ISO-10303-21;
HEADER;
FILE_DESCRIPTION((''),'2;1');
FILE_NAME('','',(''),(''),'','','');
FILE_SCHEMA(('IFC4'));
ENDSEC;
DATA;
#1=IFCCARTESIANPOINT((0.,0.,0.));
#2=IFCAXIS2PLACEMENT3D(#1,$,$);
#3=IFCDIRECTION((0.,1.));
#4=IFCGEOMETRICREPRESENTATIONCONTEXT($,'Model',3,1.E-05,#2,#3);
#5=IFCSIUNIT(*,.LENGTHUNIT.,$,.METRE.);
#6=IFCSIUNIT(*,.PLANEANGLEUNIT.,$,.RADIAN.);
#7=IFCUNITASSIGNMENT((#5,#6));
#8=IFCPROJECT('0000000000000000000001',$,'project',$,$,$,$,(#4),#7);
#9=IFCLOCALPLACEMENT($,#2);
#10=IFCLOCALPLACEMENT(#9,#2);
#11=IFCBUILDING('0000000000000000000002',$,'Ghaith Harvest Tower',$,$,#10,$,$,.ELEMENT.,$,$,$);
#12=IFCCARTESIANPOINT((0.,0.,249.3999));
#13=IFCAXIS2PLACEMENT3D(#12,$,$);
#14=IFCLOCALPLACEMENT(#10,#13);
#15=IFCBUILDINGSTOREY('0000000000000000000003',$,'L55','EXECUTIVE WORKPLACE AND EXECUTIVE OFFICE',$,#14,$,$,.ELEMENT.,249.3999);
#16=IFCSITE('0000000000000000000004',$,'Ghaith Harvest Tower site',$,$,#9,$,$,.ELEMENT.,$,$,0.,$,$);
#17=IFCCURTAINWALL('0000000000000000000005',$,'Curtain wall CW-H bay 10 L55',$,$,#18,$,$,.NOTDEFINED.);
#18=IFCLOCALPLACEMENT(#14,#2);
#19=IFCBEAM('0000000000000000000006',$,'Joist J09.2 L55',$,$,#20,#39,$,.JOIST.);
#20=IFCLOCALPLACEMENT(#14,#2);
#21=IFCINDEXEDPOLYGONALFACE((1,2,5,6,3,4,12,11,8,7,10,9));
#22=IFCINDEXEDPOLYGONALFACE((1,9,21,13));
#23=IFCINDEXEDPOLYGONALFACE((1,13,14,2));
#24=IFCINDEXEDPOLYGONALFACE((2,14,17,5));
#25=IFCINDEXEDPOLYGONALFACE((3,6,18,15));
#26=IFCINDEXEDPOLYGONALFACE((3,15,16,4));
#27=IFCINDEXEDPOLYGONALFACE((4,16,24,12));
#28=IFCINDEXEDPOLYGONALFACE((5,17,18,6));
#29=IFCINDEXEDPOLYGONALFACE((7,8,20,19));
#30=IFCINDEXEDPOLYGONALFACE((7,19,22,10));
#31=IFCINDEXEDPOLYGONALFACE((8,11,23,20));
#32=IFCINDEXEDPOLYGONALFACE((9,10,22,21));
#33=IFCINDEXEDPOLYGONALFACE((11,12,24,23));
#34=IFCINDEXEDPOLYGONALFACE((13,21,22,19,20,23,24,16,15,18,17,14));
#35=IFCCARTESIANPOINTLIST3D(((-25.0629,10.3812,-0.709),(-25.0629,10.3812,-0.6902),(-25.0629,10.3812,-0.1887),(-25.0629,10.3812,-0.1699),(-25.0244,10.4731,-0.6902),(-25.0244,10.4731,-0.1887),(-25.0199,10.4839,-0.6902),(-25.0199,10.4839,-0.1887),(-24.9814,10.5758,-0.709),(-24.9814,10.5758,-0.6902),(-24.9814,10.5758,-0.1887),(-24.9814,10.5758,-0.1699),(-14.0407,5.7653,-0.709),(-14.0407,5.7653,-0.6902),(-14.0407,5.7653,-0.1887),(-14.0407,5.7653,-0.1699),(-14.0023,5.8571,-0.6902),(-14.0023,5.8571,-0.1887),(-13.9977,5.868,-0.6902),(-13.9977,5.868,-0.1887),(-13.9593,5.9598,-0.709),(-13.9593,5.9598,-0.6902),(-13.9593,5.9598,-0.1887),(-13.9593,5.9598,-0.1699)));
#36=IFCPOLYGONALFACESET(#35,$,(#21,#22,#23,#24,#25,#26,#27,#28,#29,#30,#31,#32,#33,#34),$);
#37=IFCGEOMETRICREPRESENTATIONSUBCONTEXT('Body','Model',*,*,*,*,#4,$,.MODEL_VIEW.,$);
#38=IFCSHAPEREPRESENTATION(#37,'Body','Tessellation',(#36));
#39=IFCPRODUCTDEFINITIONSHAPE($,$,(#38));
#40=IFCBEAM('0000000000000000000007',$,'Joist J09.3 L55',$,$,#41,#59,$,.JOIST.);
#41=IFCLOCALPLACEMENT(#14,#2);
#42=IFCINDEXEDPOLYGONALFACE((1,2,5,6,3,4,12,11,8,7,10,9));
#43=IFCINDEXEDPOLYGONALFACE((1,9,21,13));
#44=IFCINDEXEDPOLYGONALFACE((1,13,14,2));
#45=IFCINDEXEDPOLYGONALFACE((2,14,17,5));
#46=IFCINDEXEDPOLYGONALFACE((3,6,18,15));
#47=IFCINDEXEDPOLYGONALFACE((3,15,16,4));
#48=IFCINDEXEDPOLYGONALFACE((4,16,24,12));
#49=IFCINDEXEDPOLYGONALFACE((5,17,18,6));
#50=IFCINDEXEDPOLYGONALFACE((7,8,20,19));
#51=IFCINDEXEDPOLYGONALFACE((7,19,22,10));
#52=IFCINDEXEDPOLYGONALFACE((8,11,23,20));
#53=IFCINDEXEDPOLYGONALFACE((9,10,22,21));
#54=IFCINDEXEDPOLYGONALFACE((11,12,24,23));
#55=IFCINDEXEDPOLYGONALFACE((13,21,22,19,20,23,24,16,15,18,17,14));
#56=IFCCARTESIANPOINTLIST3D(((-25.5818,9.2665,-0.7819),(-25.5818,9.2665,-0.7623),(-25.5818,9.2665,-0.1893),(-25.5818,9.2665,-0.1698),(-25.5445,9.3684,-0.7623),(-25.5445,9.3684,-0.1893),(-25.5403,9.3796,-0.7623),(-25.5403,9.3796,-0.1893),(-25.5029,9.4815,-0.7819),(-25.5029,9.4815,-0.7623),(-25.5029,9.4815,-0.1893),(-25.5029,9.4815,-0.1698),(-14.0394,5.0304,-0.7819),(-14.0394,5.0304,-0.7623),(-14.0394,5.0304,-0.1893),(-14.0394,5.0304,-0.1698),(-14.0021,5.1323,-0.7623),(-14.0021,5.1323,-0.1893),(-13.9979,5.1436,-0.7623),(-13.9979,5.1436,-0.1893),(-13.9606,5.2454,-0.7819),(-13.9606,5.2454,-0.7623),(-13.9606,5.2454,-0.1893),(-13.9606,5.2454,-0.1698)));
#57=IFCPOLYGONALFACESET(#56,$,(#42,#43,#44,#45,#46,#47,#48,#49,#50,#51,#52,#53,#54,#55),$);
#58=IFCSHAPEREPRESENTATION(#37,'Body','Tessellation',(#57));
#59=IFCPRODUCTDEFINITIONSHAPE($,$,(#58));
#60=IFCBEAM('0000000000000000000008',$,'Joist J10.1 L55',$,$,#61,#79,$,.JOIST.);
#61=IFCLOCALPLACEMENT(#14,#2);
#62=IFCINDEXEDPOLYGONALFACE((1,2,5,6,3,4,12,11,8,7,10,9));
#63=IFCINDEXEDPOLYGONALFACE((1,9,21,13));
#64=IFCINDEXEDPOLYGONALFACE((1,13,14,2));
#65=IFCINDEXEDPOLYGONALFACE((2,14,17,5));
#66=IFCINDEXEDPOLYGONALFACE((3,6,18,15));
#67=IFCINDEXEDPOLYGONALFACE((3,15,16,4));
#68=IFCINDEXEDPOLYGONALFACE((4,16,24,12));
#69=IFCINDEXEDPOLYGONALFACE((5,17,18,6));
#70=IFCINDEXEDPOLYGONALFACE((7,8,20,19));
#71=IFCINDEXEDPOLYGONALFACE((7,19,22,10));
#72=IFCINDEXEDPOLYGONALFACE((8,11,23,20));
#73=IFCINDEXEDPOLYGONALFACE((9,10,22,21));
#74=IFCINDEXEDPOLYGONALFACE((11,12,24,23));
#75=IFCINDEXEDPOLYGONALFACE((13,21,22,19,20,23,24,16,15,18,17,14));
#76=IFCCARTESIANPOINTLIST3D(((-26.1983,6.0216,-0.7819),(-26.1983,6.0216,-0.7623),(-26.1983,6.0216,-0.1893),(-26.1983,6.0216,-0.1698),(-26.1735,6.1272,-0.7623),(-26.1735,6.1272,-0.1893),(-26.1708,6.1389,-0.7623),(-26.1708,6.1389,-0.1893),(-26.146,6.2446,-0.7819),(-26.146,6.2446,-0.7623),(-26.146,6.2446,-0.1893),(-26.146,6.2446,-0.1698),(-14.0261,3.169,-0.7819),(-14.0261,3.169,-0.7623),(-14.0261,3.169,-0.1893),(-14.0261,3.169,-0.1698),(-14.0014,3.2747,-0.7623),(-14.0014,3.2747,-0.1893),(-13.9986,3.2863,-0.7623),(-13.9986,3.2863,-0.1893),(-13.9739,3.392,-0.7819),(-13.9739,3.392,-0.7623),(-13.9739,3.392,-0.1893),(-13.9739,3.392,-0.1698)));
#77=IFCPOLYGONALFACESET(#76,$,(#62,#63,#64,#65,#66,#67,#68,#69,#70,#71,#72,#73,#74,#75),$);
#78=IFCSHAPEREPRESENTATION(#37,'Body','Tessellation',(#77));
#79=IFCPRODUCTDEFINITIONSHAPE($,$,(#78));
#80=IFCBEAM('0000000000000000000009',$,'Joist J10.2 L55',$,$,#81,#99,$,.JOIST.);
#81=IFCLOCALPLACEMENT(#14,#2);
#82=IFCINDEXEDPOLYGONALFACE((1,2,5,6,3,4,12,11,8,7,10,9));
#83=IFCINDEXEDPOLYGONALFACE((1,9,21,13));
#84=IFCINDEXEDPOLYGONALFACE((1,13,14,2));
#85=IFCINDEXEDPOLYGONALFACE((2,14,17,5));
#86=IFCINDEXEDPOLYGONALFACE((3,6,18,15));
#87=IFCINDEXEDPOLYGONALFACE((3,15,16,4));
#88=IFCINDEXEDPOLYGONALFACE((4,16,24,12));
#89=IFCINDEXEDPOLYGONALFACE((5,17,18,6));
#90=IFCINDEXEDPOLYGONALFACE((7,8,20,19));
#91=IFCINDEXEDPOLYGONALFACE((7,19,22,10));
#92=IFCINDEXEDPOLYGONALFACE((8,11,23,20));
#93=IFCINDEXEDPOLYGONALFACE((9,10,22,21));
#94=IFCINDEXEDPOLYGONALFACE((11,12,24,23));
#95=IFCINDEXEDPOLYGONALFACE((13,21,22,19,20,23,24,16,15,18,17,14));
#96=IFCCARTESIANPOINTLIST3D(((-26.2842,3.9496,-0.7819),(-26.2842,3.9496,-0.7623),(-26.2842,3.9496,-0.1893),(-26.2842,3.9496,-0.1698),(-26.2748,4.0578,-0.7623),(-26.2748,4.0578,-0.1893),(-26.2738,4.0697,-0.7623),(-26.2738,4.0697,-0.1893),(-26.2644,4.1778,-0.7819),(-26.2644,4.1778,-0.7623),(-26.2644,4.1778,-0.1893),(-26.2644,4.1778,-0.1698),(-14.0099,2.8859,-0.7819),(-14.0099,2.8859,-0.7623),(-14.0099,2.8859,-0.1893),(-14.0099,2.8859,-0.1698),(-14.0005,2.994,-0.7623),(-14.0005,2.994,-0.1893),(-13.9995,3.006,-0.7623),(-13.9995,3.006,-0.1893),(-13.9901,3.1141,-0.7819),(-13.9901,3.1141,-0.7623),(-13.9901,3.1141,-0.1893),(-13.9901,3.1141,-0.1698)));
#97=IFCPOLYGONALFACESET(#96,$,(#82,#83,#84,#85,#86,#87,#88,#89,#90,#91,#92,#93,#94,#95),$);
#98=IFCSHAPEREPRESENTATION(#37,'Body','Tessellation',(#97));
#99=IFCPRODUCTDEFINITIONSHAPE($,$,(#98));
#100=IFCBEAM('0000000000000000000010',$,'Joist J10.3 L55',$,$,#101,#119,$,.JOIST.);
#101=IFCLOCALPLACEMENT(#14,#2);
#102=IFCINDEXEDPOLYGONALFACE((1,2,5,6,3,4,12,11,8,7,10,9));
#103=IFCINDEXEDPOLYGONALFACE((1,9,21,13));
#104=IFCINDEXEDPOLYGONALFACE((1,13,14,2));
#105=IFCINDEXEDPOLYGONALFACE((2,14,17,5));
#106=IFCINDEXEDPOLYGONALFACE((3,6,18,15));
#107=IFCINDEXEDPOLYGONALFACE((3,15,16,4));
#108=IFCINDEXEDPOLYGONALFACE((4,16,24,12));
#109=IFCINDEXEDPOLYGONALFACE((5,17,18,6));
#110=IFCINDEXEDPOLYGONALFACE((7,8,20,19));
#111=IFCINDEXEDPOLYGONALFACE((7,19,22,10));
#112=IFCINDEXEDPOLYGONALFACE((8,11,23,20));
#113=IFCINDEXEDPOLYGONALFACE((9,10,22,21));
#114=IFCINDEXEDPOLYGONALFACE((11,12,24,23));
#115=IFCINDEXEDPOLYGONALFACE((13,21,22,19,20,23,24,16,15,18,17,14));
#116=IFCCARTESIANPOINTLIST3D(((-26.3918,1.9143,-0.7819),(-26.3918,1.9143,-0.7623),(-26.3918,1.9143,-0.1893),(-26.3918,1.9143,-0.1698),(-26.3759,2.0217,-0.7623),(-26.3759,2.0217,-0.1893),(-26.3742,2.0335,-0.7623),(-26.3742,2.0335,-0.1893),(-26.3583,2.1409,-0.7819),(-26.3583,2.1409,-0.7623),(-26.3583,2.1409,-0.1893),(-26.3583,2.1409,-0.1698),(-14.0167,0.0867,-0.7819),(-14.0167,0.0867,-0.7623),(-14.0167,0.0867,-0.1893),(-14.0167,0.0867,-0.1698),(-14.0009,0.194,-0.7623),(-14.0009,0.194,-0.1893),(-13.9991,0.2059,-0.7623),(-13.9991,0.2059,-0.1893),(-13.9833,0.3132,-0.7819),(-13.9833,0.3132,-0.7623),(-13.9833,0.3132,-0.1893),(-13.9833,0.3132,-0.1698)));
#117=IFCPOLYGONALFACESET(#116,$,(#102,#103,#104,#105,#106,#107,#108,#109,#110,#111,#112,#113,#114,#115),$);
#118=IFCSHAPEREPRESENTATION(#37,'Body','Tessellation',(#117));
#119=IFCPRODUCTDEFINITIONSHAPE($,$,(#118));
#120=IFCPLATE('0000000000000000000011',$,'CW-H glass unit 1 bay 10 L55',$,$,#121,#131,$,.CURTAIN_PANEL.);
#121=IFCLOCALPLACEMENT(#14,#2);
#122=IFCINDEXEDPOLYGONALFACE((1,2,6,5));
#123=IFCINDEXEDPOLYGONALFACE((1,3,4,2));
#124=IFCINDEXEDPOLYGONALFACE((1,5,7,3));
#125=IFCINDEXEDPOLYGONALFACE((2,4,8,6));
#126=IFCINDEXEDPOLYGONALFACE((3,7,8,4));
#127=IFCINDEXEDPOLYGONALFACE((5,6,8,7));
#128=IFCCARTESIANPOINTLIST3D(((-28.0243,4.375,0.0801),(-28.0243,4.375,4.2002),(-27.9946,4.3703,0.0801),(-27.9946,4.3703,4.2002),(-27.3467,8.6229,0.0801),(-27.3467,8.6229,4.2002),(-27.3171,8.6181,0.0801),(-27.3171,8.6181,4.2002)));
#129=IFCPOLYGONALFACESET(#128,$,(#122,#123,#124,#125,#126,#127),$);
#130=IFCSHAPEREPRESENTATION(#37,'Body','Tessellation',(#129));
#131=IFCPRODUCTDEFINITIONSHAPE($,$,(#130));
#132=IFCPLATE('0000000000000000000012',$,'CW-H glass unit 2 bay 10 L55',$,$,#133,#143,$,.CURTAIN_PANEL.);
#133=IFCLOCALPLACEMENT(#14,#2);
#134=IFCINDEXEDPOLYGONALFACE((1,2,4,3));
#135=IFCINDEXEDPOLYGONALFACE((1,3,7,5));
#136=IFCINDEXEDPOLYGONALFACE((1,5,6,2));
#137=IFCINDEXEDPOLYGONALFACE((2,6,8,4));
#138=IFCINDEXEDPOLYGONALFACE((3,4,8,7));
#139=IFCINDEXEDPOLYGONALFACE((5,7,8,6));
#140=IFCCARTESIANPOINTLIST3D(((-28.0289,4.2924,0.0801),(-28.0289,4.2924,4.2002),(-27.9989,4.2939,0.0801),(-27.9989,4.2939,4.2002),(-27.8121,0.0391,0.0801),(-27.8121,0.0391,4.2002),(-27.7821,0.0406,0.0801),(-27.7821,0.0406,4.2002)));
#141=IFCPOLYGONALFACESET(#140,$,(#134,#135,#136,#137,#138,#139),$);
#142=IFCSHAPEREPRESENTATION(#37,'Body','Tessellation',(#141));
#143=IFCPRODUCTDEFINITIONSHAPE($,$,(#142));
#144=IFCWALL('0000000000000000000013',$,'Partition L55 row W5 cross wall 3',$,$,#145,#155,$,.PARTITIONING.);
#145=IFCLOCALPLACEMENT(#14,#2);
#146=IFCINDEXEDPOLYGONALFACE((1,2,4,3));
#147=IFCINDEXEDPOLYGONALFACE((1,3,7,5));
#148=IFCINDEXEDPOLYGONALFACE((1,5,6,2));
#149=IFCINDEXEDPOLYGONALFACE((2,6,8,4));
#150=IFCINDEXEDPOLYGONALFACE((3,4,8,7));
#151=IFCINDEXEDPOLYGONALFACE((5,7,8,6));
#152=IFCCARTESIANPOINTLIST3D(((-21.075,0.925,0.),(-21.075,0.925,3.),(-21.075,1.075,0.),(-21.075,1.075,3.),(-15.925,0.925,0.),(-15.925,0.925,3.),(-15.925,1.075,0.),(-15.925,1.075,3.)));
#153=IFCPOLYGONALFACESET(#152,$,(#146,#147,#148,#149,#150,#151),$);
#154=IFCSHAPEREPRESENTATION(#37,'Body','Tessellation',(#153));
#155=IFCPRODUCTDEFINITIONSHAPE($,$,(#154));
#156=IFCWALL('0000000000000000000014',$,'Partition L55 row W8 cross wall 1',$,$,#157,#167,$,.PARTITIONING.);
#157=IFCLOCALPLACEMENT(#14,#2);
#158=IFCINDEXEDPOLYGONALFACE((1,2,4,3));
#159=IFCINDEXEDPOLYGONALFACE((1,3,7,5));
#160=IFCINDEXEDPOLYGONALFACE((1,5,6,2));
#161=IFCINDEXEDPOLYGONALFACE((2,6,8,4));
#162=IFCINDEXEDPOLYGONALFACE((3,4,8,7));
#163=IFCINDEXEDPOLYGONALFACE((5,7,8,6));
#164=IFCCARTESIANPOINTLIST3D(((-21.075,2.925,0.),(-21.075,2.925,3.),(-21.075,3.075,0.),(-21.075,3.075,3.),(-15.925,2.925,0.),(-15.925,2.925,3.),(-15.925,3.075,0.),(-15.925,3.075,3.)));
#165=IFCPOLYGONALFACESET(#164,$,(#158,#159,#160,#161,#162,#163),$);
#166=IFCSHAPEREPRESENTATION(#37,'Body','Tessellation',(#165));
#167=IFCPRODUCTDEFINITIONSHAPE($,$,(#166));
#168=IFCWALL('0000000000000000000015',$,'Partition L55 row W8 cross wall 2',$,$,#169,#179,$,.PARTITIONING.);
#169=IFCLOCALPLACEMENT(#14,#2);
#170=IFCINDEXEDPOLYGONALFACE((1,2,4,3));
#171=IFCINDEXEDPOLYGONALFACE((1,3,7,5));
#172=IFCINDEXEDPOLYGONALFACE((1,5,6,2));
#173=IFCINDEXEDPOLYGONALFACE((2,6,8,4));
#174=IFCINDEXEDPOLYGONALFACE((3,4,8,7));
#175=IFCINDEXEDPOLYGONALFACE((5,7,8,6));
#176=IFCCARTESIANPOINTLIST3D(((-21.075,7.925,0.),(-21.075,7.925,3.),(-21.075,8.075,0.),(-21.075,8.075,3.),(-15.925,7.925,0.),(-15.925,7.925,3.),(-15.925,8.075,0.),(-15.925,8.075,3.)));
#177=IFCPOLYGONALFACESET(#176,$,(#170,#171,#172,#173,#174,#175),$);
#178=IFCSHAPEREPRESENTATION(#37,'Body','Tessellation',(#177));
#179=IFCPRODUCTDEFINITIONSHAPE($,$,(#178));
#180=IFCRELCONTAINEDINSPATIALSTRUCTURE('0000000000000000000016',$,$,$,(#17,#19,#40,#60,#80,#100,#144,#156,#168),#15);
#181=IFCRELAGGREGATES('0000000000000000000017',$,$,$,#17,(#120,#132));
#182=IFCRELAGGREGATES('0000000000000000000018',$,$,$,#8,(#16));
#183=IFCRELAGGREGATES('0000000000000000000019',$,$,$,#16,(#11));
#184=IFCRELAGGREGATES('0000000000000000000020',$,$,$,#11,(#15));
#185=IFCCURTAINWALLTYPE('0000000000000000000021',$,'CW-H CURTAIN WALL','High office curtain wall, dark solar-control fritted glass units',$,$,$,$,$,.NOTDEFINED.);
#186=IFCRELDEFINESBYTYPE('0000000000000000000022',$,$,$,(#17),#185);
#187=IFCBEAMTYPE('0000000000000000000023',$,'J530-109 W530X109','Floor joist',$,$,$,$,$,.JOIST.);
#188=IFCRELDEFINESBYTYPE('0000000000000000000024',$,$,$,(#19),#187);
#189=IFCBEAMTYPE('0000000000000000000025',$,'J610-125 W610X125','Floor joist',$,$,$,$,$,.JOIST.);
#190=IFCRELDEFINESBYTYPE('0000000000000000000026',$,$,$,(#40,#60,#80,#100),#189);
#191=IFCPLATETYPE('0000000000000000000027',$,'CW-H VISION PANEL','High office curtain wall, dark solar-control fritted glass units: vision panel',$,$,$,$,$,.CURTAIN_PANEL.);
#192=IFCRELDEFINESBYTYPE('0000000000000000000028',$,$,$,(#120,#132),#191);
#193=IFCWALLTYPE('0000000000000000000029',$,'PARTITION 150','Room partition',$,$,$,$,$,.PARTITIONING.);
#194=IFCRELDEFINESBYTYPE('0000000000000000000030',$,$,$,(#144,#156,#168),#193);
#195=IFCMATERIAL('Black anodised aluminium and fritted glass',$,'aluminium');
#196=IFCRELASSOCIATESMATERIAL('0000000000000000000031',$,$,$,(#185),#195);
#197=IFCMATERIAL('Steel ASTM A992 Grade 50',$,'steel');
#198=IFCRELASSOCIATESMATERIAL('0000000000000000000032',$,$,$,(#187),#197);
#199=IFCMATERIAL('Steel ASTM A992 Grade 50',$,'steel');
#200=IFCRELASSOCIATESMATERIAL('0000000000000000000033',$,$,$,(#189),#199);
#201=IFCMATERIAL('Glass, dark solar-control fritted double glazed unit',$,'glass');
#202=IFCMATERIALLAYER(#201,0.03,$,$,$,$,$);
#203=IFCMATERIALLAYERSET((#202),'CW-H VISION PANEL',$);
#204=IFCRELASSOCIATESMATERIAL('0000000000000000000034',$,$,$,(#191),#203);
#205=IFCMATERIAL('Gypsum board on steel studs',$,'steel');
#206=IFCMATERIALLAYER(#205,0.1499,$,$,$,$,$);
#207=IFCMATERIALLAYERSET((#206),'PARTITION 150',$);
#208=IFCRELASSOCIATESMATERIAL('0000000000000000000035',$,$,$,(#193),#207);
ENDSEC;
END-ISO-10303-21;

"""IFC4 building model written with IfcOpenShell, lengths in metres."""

from ifc_helpers import new_model, si_unit, direction, frame, frame_2d, origin, origin_2d, place, context, subcontext, project, spatial, rectangle, i_section, extrude, material, layer, layer_set, material_profile, profile_set, type_object, element, aggregate, save


model = new_model("IFC4")

# Units and contexts
model_context = context("Model", 3, precision=1e-05, world=origin(), true_north=direction((0.0, 1.0)))
body_context = subcontext(model_context, "Body", "Model", "MODEL_VIEW")
ifc_project = project(units=[si_unit("LENGTHUNIT", "METRE"), si_unit("PLANEANGLEUNIT", "RADIAN")], contexts=[model_context])

# Site, building, storey
site_placement = place(None, origin())
site = spatial("IfcSite", under=ifc_project, at=site_placement, Name="Ghaith Harvest Tower site", CompositionType="ELEMENT", RefElevation=0.0)
building_placement = place(site_placement, origin())
building = spatial("IfcBuilding", under=site, at=building_placement, Name="Ghaith Harvest Tower", CompositionType="ELEMENT")
storey_placement = place(building_placement, frame((0.0, 0.0, 249.3999)))
storey = spatial("IfcBuildingStorey", under=building, at=storey_placement, Name="L55", Description="EXECUTIVE WORKPLACE AND EXECUTIVE OFFICE", CompositionType="ELEMENT", Elevation=249.3999)

# Curtain wall
ifc_material_1 = material(Name="Black anodised aluminium and fritted glass", Category="aluminium")
curtain_wall_type = type_object("IfcCurtainWallType", Name="CW-H CURTAIN WALL", Description="High office curtain wall, dark solar-control fritted glass units", PredefinedType="NOTDEFINED", material=ifc_material_1)
curtain_wall_placement = place(storey_placement, origin())
curtain_wall = element("IfcCurtainWall", 1, at=curtain_wall_placement, inside=storey, type_object=curtain_wall_type, Name="Curtain wall CW-H bay 10 L55", PredefinedType="NOTDEFINED")

# Beams
ifc_material_2 = material(Name="Steel ASTM A992 Grade 50", Category="steel")
ifc_material_profile_1 = material_profile(ifc_material_2, i_section(OverallWidth=0.2109, OverallDepth=0.5391, WebThickness=0.0117, FlangeThickness=0.0188, at=origin_2d()), Name="W530X109")
ifc_profile_set_1 = profile_set([ifc_material_profile_1], Name="Steel ASTM A992 Grade 50")
beam_type_1 = type_object("IfcBeamType", Name="J530-109 W530X109", Description="Floor joist", PredefinedType="JOIST", material=ifc_profile_set_1)
beam_1_placement = place(storey_placement, frame((-14.0, 5.8625, -0.4395), z_axis=(-0.922381, 0.386282, 0.0), x_axis=(-0.386282, -0.922381, 0.0)))
element("IfcBeam", 2, at=beam_1_placement, inside=storey, type_object=beam_type_1, Name="Joist J09.2 L55", PredefinedType="JOIST", context=body_context, shape_type="SweptSolid", body=[
    extrude(i_section(OverallWidth=0.2109, OverallDepth=0.5391, WebThickness=0.0117, FlangeThickness=0.0188, at=origin_2d()), origin(), (0.0, 0.0, 1.0), 11.9497),
])
ifc_material_3 = material(Name="Steel ASTM A992 Grade 50", Category="steel")
ifc_material_profile_2 = material_profile(ifc_material_3, i_section(OverallWidth=0.229, OverallDepth=0.6121, WebThickness=0.012, FlangeThickness=0.0195, at=origin_2d()), Name="W610X125")
ifc_profile_set_2 = profile_set([ifc_material_profile_2], Name="Steel ASTM A992 Grade 50")
beam_type_2 = type_object("IfcBeamType", Name="J610-125 W610X125", Description="Floor joist", PredefinedType="JOIST", material=ifc_profile_set_2)
beam_2_placement = place(storey_placement, frame((-14.0, 5.1379, -0.4758), z_axis=(-0.938775, 0.34453, 0.0), x_axis=(-0.34453, -0.938775, 0.0)))
element("IfcBeam", 3, at=beam_2_placement, inside=storey, type_object=beam_type_2, Name="Joist J09.3 L55", PredefinedType="JOIST", context=body_context, shape_type="SweptSolid", body=[
    extrude(i_section(OverallWidth=0.229, OverallDepth=0.6121, WebThickness=0.012, FlangeThickness=0.0195, at=origin_2d()), origin(), (0.0, 0.0, 1.0), 12.2952),
])
beam_3_placement = place(storey_placement, frame((-14.0, 3.2805, -0.4758), z_axis=(-0.973622, 0.228168, 0.0), x_axis=(-0.228168, -0.973622, 0.0)))
element("IfcBeam", 4, at=beam_3_placement, inside=storey, type_object=beam_type_2, Name="Joist J10.1 L55", PredefinedType="JOIST", context=body_context, shape_type="SweptSolid", body=[
    extrude(i_section(OverallWidth=0.229, OverallDepth=0.6121, WebThickness=0.012, FlangeThickness=0.0195, at=origin_2d()), origin(), (0.0, 0.0, 1.0), 12.502),
])
beam_4_placement = place(storey_placement, frame((-14.0, 3.0, -0.4758), z_axis=(-0.996266, 0.086338, 0.0), x_axis=(-0.086338, -0.996266, 0.0)))
element("IfcBeam", 5, at=beam_4_placement, inside=storey, type_object=beam_type_2, Name="Joist J10.2 L55", PredefinedType="JOIST", context=body_context, shape_type="SweptSolid", body=[
    extrude(i_section(OverallWidth=0.229, OverallDepth=0.6121, WebThickness=0.012, FlangeThickness=0.0195, at=origin_2d()), origin(), (0.0, 0.0, 1.0), 12.3203),
])
beam_5_placement = place(storey_placement, frame((-14.0, 0.2, -0.4758), z_axis=(-0.989269, 0.146103, 0.0), x_axis=(-0.146103, -0.989269, 0.0)))
element("IfcBeam", 6, at=beam_5_placement, inside=storey, type_object=beam_type_2, Name="Joist J10.3 L55", PredefinedType="JOIST", context=body_context, shape_type="SweptSolid", body=[
    extrude(i_section(OverallWidth=0.229, OverallDepth=0.6121, WebThickness=0.012, FlangeThickness=0.0195, at=origin_2d()), origin(), (0.0, 0.0, 1.0), 12.5093),
])

# Plates
ifc_material_4 = material(Name="Glass, dark solar-control fritted double glazed unit", Category="glass")
ifc_layer_1 = layer(ifc_material_4, 0.03)
ifc_layer_set_1 = layer_set([ifc_layer_1], Name="CW-H VISION PANEL")
plate_type = type_object("IfcPlateType", Name="CW-H VISION PANEL", Description="High office curtain wall, dark solar-control fritted glass units: vision panel", PredefinedType="CURTAIN_PANEL", material=ifc_layer_set_1)
plate_1_placement = place(storey_placement, frame((-27.6707, 6.4966, 0.0801), z_axis=(0.0, 0.0, 1.0), x_axis=(-0.157514, -0.987517, 0.0)))
plate_1 = element("IfcPlate", 7, at=plate_1_placement, type_object=plate_type, Name="CW-H glass unit 1 bay 10 L55", PredefinedType="CURTAIN_PANEL", context=body_context, shape_type="SweptSolid", body=[
    extrude(rectangle(XDim=4.3015, YDim=0.03, at=origin_2d()), origin(), (0.0, 0.0, 1.0), 4.1201),
])
plate_2_placement = place(storey_placement, frame((-27.9055, 2.1665, 0.0801), z_axis=(0.0, 0.0, 1.0), x_axis=(0.050895, -0.998704, 0.0)))
plate_2 = element("IfcPlate", 8, at=plate_2_placement, type_object=plate_type, Name="CW-H glass unit 2 bay 10 L55", PredefinedType="CURTAIN_PANEL", context=body_context, shape_type="SweptSolid", body=[
    extrude(rectangle(XDim=4.2588, YDim=0.03, at=origin_2d()), origin(), (0.0, 0.0, 1.0), 4.1201),
])
aggregate(curtain_wall, [plate_1, plate_2])

# Walls
ifc_material_5 = material(Name="Gypsum board on steel studs", Category="steel")
ifc_layer_2 = layer(ifc_material_5, 0.1499)
ifc_layer_set_2 = layer_set([ifc_layer_2], Name="PARTITION 150")
wall_type_1 = type_object("IfcWallType", Name="PARTITION 150", Description="Room partition", PredefinedType="PARTITIONING", material=ifc_layer_set_2)
for number, where, z_axis, x_axis, name in (
    (9, (-15.925, 1.0, 0.0), (0.0, 0.0, 1.0), (-1.0, 0.0, 0.0), "Partition L55 row W5 cross wall 3"),
    (10, (-15.925, 3.0, 0.0), (0.0, 0.0, 1.0), (-1.0, 0.0, 0.0), "Partition L55 row W8 cross wall 1"),
    (11, (-15.925, 8.0, 0.0), (0.0, 0.0, 1.0), (-1.0, 0.0, 0.0), "Partition L55 row W8 cross wall 2"),
):
    element("IfcWall", number, at=place(storey_placement, frame(where, z_axis=z_axis, x_axis=x_axis)), inside=storey, type_object=wall_type_1, Name=name, PredefinedType="PARTITIONING", context=body_context, shape_type="SweptSolid", body=[
        extrude(rectangle(XDim=5.1499, YDim=0.1499, at=frame_2d((2.575, 0.0))), origin(), (0.0, 0.0, 1.0), 3.0),
    ])

save(model, "model.ifc")
